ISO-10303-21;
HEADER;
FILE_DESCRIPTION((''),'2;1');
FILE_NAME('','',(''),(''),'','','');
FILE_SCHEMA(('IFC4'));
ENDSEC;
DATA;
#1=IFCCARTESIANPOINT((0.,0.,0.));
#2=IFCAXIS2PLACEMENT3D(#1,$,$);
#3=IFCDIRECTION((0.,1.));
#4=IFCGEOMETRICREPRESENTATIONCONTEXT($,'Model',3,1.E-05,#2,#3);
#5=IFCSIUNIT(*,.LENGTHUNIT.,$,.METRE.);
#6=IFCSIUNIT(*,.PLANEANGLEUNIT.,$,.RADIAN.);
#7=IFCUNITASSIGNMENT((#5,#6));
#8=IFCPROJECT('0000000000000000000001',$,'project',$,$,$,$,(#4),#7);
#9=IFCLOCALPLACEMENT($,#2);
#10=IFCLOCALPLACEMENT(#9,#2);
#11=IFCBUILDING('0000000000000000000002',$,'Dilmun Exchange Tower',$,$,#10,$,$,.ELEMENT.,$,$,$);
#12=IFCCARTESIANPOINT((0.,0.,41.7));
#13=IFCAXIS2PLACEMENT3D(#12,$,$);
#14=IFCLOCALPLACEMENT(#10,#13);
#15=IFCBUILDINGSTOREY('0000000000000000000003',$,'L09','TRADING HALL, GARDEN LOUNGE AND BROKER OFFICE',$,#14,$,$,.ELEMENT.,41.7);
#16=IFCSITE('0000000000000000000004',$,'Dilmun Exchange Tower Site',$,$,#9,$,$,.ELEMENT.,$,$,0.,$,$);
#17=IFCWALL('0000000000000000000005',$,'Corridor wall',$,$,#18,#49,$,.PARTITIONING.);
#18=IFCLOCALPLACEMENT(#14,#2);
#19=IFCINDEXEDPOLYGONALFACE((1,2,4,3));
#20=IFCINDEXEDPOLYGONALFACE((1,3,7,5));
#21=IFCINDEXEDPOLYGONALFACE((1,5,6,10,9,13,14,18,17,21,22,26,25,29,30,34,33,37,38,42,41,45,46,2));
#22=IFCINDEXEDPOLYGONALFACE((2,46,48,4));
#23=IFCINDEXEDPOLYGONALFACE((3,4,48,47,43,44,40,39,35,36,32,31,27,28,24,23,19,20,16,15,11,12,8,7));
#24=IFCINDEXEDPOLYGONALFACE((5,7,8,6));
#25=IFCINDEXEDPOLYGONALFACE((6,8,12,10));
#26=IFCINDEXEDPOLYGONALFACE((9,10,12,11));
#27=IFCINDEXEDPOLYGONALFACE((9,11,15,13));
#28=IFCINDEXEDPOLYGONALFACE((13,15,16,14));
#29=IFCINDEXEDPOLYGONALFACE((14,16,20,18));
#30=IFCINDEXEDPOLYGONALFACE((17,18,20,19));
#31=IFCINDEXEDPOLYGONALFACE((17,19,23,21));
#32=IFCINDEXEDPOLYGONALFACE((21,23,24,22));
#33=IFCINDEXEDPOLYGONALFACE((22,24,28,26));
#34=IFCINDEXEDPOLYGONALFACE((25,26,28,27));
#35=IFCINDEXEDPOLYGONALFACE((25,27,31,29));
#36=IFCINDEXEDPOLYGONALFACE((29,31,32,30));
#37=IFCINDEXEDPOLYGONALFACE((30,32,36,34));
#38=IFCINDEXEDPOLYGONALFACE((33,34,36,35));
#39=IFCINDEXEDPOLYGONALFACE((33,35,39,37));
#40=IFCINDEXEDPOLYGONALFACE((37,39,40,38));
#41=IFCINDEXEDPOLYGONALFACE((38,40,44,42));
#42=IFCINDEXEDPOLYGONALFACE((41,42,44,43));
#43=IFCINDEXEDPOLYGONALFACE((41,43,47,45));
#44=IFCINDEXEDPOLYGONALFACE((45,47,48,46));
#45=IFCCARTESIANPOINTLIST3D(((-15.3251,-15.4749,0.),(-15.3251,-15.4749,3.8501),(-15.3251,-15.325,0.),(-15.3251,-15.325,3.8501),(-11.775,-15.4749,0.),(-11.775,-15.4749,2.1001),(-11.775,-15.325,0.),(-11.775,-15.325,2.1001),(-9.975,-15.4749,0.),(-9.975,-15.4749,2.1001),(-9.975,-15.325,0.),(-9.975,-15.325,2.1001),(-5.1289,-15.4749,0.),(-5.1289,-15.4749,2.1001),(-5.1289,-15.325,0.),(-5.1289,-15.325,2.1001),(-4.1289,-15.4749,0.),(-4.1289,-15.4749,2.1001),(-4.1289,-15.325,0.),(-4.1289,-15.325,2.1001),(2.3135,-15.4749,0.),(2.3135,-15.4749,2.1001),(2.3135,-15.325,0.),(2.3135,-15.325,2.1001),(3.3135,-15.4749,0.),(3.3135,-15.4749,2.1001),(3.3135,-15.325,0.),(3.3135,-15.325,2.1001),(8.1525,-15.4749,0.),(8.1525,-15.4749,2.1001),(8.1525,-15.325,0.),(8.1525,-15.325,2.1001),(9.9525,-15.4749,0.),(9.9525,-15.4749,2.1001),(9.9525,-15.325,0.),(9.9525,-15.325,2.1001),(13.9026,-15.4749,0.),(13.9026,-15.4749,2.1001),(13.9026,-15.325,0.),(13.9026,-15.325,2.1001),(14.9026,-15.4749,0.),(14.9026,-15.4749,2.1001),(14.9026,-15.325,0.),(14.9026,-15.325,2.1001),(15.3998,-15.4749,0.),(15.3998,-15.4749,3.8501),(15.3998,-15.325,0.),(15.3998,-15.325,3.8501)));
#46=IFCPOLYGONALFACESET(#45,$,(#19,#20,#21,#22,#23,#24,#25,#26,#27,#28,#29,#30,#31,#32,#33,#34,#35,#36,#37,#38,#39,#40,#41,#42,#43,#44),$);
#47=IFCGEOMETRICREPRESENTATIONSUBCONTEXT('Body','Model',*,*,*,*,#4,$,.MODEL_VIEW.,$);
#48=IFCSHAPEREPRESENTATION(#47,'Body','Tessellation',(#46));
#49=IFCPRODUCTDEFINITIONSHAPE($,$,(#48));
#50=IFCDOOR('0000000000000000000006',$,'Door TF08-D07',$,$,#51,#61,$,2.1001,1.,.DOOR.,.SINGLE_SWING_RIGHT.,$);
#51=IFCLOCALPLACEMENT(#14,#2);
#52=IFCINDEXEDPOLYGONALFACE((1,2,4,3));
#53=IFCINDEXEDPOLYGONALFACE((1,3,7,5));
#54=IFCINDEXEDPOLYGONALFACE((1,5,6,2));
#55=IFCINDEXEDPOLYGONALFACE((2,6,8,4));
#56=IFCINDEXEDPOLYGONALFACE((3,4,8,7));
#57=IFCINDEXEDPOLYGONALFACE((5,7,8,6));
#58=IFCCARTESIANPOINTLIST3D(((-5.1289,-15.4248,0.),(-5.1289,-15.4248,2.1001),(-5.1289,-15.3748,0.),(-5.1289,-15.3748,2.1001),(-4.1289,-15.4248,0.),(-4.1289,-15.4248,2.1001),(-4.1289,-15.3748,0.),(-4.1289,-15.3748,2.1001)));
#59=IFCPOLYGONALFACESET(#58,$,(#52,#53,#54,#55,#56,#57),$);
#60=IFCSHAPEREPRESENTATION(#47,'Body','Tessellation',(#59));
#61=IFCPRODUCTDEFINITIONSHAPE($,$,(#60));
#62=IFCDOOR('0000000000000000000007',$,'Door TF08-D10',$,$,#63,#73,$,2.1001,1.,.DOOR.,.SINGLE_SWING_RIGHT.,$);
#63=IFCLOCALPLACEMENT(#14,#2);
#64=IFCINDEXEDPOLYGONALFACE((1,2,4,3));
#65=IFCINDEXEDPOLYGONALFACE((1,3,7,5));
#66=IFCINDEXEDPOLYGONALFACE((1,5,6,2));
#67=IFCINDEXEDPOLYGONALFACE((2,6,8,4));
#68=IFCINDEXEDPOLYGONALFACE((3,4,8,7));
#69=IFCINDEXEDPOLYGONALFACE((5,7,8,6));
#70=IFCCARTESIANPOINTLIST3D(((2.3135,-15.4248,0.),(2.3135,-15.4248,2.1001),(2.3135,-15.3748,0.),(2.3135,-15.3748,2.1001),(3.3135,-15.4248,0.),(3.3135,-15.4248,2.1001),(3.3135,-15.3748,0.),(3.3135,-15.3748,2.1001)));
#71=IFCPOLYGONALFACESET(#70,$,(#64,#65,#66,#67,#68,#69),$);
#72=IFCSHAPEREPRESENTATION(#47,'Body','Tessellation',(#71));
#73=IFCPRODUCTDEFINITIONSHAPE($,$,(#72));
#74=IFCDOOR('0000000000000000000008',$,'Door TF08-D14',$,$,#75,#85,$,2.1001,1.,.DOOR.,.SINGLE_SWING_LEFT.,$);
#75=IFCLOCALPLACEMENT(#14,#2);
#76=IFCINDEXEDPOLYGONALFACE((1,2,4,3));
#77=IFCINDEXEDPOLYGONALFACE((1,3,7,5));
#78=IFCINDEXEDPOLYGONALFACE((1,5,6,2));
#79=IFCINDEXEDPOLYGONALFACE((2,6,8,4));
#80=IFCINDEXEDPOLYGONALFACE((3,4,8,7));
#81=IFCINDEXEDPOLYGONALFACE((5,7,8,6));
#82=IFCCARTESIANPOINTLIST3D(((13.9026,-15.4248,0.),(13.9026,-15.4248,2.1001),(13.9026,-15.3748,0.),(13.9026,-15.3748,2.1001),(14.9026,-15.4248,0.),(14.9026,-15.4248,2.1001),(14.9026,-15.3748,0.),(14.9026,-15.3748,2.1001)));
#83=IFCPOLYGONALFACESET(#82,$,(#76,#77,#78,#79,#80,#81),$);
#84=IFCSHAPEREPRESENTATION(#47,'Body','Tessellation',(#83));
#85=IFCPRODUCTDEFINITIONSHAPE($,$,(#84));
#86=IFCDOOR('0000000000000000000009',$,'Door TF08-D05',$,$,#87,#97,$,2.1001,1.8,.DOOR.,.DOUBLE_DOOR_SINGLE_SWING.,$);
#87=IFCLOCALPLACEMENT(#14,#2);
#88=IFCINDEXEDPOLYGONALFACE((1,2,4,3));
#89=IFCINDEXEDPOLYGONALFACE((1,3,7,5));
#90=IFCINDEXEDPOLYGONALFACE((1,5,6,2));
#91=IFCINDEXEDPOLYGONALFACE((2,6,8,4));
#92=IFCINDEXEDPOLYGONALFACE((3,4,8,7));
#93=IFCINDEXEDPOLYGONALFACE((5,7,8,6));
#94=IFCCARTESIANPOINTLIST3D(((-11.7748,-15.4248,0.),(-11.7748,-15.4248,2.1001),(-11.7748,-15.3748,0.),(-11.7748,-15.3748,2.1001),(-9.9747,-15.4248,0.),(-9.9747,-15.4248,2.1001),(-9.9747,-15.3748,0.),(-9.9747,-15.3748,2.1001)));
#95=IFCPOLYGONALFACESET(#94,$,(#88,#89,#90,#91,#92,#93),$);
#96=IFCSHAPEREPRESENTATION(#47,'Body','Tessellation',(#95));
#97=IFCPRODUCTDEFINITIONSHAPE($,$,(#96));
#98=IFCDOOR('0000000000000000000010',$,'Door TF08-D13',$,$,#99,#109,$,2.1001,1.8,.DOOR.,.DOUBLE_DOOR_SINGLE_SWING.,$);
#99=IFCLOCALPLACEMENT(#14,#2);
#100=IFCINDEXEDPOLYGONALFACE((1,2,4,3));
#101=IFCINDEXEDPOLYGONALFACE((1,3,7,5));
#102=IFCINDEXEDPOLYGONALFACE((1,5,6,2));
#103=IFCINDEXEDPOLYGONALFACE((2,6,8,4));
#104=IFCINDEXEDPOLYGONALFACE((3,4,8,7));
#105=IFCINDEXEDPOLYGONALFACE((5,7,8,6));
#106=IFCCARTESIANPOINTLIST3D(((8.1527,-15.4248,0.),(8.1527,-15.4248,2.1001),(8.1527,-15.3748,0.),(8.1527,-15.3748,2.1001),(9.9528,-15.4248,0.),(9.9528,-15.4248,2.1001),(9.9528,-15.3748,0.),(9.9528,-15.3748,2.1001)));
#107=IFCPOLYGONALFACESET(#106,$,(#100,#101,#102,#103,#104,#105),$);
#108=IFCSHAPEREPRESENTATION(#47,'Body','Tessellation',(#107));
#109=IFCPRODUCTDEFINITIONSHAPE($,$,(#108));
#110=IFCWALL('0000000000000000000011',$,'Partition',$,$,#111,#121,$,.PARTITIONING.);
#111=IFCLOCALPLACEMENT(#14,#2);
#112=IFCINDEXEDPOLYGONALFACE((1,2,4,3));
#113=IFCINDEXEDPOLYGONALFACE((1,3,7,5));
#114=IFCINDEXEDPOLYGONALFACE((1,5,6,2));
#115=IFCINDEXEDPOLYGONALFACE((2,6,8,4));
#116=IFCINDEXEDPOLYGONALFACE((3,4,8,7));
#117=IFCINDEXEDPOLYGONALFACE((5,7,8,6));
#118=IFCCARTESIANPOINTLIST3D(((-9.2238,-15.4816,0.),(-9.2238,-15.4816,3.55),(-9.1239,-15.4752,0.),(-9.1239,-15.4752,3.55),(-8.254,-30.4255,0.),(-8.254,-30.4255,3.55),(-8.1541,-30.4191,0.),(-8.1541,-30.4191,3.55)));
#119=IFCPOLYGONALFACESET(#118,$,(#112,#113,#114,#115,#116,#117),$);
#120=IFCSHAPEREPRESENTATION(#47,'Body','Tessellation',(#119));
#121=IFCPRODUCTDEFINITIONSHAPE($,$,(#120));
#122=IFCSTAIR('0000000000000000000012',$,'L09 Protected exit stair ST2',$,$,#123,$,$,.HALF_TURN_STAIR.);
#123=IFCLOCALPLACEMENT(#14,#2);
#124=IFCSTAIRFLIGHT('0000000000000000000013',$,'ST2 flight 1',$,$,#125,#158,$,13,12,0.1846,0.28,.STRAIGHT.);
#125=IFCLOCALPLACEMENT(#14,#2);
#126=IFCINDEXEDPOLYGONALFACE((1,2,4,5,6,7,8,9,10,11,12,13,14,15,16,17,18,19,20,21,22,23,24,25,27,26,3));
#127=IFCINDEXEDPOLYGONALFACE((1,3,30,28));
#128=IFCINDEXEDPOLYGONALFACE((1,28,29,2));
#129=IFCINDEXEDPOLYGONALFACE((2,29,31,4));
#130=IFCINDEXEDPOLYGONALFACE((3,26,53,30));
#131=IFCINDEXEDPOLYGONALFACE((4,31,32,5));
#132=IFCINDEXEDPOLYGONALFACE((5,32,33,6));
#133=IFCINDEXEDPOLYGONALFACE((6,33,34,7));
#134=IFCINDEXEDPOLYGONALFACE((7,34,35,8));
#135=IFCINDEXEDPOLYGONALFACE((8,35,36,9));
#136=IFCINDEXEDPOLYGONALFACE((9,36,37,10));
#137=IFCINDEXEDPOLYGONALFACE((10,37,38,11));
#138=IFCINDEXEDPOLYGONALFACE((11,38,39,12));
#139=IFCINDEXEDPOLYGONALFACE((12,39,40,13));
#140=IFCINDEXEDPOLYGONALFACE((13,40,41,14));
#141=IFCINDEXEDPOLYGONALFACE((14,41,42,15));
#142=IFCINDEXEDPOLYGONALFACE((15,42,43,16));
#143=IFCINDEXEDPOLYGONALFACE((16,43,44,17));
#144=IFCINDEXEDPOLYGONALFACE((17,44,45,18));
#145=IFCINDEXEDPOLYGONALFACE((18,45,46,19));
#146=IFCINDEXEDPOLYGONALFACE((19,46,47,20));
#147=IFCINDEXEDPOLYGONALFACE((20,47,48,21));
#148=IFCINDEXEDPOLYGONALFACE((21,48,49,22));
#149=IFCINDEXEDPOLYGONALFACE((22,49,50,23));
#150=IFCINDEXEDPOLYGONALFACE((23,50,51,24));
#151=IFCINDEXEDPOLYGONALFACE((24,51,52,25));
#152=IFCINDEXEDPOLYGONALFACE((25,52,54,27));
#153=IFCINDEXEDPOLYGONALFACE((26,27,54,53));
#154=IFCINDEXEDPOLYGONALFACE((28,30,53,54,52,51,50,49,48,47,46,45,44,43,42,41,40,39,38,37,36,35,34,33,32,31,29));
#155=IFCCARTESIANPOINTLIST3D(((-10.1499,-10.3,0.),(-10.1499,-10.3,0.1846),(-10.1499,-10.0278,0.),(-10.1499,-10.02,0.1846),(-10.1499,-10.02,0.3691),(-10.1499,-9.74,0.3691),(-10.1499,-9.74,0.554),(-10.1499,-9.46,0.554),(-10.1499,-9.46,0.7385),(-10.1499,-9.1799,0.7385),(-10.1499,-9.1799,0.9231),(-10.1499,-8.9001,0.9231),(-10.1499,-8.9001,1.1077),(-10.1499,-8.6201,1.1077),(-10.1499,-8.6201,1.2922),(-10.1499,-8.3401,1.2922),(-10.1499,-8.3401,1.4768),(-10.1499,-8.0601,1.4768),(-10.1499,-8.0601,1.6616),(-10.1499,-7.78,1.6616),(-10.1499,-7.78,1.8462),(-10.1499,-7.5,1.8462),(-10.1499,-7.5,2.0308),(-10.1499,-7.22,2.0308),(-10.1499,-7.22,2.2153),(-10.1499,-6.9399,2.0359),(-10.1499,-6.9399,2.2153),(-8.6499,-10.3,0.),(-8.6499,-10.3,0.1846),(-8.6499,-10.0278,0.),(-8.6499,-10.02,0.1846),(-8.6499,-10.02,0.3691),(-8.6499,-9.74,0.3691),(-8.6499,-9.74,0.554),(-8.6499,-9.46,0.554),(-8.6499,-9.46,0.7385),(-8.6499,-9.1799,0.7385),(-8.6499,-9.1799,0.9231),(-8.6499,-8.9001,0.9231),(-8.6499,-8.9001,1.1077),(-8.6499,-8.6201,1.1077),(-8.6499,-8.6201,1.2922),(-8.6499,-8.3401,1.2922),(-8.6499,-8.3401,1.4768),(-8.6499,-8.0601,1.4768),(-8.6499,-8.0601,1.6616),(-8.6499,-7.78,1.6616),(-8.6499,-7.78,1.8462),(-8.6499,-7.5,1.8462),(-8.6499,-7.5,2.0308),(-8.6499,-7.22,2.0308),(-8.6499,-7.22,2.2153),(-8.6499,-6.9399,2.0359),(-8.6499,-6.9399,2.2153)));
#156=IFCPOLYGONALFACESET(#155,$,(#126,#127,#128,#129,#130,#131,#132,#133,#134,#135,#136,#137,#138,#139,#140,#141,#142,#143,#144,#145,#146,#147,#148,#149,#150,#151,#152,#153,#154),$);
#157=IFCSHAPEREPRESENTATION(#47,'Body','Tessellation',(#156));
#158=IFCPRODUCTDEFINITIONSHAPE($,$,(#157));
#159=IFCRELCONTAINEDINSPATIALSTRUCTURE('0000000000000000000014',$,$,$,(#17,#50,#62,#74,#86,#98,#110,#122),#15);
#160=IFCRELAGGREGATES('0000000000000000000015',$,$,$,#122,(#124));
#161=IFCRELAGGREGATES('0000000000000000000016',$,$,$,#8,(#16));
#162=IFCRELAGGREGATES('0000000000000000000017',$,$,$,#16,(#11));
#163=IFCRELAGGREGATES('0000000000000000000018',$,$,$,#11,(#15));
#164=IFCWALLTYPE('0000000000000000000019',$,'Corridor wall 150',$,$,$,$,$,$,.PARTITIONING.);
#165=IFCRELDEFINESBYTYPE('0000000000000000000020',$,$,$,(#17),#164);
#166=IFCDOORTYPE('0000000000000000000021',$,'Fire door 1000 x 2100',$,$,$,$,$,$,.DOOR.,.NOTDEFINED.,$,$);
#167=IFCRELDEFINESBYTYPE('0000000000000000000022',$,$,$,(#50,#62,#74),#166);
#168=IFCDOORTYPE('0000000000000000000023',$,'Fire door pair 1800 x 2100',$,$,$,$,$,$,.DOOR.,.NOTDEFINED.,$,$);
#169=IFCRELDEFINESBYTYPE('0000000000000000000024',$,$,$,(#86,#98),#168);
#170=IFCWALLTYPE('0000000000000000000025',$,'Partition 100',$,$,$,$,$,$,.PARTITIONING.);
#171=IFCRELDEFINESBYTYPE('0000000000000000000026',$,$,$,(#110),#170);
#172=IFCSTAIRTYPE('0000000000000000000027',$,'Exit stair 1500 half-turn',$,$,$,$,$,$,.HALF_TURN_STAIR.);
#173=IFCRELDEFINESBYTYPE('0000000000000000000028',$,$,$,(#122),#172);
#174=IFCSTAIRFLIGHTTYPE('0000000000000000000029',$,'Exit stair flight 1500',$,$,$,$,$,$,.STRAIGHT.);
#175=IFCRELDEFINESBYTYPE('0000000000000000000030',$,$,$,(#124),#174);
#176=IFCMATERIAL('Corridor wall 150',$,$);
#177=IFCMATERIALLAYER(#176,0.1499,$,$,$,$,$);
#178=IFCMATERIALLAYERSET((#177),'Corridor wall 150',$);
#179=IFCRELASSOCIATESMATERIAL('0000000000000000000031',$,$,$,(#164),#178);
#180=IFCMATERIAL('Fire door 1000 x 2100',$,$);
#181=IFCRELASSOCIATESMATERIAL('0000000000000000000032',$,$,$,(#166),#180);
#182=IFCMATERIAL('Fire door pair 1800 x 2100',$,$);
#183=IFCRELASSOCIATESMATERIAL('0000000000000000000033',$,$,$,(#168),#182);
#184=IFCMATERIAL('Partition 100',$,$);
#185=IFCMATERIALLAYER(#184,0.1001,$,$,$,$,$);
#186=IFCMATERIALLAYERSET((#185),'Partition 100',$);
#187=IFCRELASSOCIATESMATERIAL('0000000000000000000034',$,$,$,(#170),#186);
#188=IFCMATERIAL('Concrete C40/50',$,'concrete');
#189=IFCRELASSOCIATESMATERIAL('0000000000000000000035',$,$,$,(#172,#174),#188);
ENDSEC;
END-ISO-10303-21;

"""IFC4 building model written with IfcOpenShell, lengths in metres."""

from ifc_helpers import new_model, si_unit, direction, frame, frame_2d, origin, place, context, subcontext, project, spatial, polyline, rectangle, outline, extrude, material, layer, layer_set, type_object, element, fill, aggregate, save


model = new_model("IFC4")

# Units and contexts
model_context = context("Model", 3, precision=1e-05, world=origin(), true_north=direction((0.0, 1.0)))
body_context = subcontext(model_context, "Body", "Model", "MODEL_VIEW")
ifc_project = project(units=[si_unit("LENGTHUNIT", "METRE"), si_unit("PLANEANGLEUNIT", "RADIAN")], contexts=[model_context])

# Site, building, storey
site_placement = place(None, origin())
site = spatial("IfcSite", under=ifc_project, at=site_placement, Name="Dilmun Exchange Tower Site", CompositionType="ELEMENT", RefElevation=0.0)
building_placement = place(site_placement, origin())
building = spatial("IfcBuilding", under=site, at=building_placement, Name="Dilmun Exchange Tower", CompositionType="ELEMENT")
storey_placement = place(building_placement, frame((0.0, 0.0, 41.7)))
storey = spatial("IfcBuildingStorey", under=building, at=storey_placement, Name="L09", Description="TRADING HALL, GARDEN LOUNGE AND BROKER OFFICE", CompositionType="ELEMENT", Elevation=41.7)

# Shared definitions
ifc_material_1 = material(Name="Concrete C40/50", Category="concrete")

# Wall, openings, doors
ifc_material_2 = material(Name="Corridor wall 150")
ifc_layer_1 = layer(ifc_material_2, 0.1499)
ifc_layer_set_1 = layer_set([ifc_layer_1], Name="Corridor wall 150")
wall_type_1 = type_object("IfcWallType", Name="Corridor wall 150", PredefinedType="PARTITIONING", material=ifc_layer_set_1)
ifc_material_3 = material(Name="Fire door 1000 x 2100")
door_type_1 = type_object("IfcDoorType", Name="Fire door 1000 x 2100", OperationType="NOTDEFINED", PredefinedType="DOOR", material=ifc_material_3)
wall_1_placement = place(storey_placement, frame((-15.325, -15.3999, 0.0), z_axis=(0.0, 0.0, 1.0), x_axis=(1.0, 0.0, 0.0)))
wall_1 = element("IfcWall", 1, at=wall_1_placement, inside=storey, type_object=wall_type_1, Name="Corridor wall", PredefinedType="PARTITIONING", context=body_context, shape_type="SweptSolid", body=[
    extrude(rectangle(XDim=30.7249, YDim=0.1499, at=frame_2d((15.3623, 0.0))), origin(), (0.0, 0.0, 1.0), 3.8501),
])
opening_1_placement = place(wall_1_placement, frame((3.55, 0.0, 0.0)))
opening_1 = element("IfcOpeningElement", 2, at=opening_1_placement, cuts=wall_1, PredefinedType="OPENING", context=body_context, shape_type="SweptSolid", body=[
    extrude(rectangle(XDim=1.8, YDim=2.1001, at=frame_2d((0.8999, 1.05))), frame((0.0, 0.085, 0.0), z_axis=(0.0, -1.0, 0.0), x_axis=(1.0, 0.0, 0.0)), (0.0, 0.0, 1.0), 0.1699),
])
opening_2_placement = place(wall_1_placement, frame((10.196, 0.0, 0.0)))
opening_2 = element("IfcOpeningElement", 3, at=opening_2_placement, cuts=wall_1, PredefinedType="OPENING", context=body_context, shape_type="SweptSolid", body=[
    extrude(rectangle(XDim=1.0, YDim=2.1001, at=frame_2d((0.5, 1.05))), frame((0.0, 0.085, 0.0), z_axis=(0.0, -1.0, 0.0), x_axis=(1.0, 0.0, 0.0)), (0.0, 0.0, 1.0), 0.1699),
])
opening_3_placement = place(wall_1_placement, frame((17.6384, 0.0, 0.0)))
opening_3 = element("IfcOpeningElement", 4, at=opening_3_placement, cuts=wall_1, PredefinedType="OPENING", context=body_context, shape_type="SweptSolid", body=[
    extrude(rectangle(XDim=1.0, YDim=2.1001, at=frame_2d((0.5, 1.05))), frame((0.0, 0.085, 0.0), z_axis=(0.0, -1.0, 0.0), x_axis=(1.0, 0.0, 0.0)), (0.0, 0.0, 1.0), 0.1699),
])
opening_4_placement = place(wall_1_placement, frame((23.4775, 0.0, 0.0)))
opening_4 = element("IfcOpeningElement", 5, at=opening_4_placement, cuts=wall_1, PredefinedType="OPENING", context=body_context, shape_type="SweptSolid", body=[
    extrude(rectangle(XDim=1.8, YDim=2.1001, at=frame_2d((0.8999, 1.05))), frame((0.0, 0.085, 0.0), z_axis=(0.0, -1.0, 0.0), x_axis=(1.0, 0.0, 0.0)), (0.0, 0.0, 1.0), 0.1699),
])
opening_5_placement = place(wall_1_placement, frame((29.2275, 0.0, 0.0)))
opening_5 = element("IfcOpeningElement", 6, at=opening_5_placement, cuts=wall_1, PredefinedType="OPENING", context=body_context, shape_type="SweptSolid", body=[
    extrude(rectangle(XDim=1.0, YDim=2.1001, at=frame_2d((0.5, 1.05))), frame((0.0, 0.085, 0.0), z_axis=(0.0, -1.0, 0.0), x_axis=(1.0, 0.0, 0.0)), (0.0, 0.0, 1.0), 0.1699),
])
door_1_placement = place(opening_2_placement, frame((1.0, 0.0, 0.0), z_axis=(0.0, 0.0, 1.0), x_axis=(-1.0, 0.0, 0.0)))
door_1 = element("IfcDoor", 7, at=door_1_placement, inside=storey, type_object=door_type_1, Name="Door TF08-D07", OperationType="SINGLE_SWING_RIGHT", OverallHeight=2.1001, OverallWidth=1.0, PredefinedType="DOOR", context=body_context, shape_type="SweptSolid", body=[
    extrude(rectangle(XDim=1.0, YDim=2.1001, at=frame_2d((0.5, 1.05))), frame((0.0, 0.0249, 0.0), z_axis=(0.0, -1.0, 0.0), x_axis=(1.0, 0.0, 0.0)), (0.0, 0.0, 1.0), 0.05),
])
fill(opening_2, door_1)
door_2_placement = place(opening_3_placement, frame((1.0, 0.0, 0.0), z_axis=(0.0, 0.0, 1.0), x_axis=(-1.0, 0.0, 0.0)))
door_2 = element("IfcDoor", 8, at=door_2_placement, inside=storey, type_object=door_type_1, Name="Door TF08-D10", OperationType="SINGLE_SWING_RIGHT", OverallHeight=2.1001, OverallWidth=1.0, PredefinedType="DOOR", context=body_context, shape_type="SweptSolid", body=[
    extrude(rectangle(XDim=1.0, YDim=2.1001, at=frame_2d((0.5, 1.05))), frame((0.0, 0.0249, 0.0), z_axis=(0.0, -1.0, 0.0), x_axis=(1.0, 0.0, 0.0)), (0.0, 0.0, 1.0), 0.05),
])
fill(opening_3, door_2)
door_3_placement = place(opening_5_placement, frame((1.0, 0.0, 0.0), z_axis=(0.0, 0.0, 1.0), x_axis=(-1.0, 0.0, 0.0)))
door_3 = element("IfcDoor", 9, at=door_3_placement, inside=storey, type_object=door_type_1, Name="Door TF08-D14", OperationType="SINGLE_SWING_LEFT", OverallHeight=2.1001, OverallWidth=1.0, PredefinedType="DOOR", context=body_context, shape_type="SweptSolid", body=[
    extrude(rectangle(XDim=1.0, YDim=2.1001, at=frame_2d((0.5, 1.05))), frame((0.0, 0.0249, 0.0), z_axis=(0.0, -1.0, 0.0), x_axis=(1.0, 0.0, 0.0)), (0.0, 0.0, 1.0), 0.05),
])
fill(opening_5, door_3)
ifc_material_4 = material(Name="Fire door pair 1800 x 2100")
door_type_2 = type_object("IfcDoorType", Name="Fire door pair 1800 x 2100", OperationType="NOTDEFINED", PredefinedType="DOOR", material=ifc_material_4)
door_4_placement = place(opening_1_placement, frame((1.8, 0.0, 0.0), z_axis=(0.0, 0.0, 1.0), x_axis=(-1.0, 0.0, 0.0)))
door_4 = element("IfcDoor", 10, at=door_4_placement, inside=storey, type_object=door_type_2, Name="Door TF08-D05", OperationType="DOUBLE_DOOR_SINGLE_SWING", OverallHeight=2.1001, OverallWidth=1.8, PredefinedType="DOOR", context=body_context, shape_type="SweptSolid", body=[
    extrude(rectangle(XDim=1.8, YDim=2.1001, at=frame_2d((0.8999, 1.05))), frame((0.0, 0.0249, 0.0), z_axis=(0.0, -1.0, 0.0), x_axis=(1.0, 0.0, 0.0)), (0.0, 0.0, 1.0), 0.05),
])
fill(opening_1, door_4)
door_5_placement = place(opening_4_placement, frame((1.8, 0.0, 0.0), z_axis=(0.0, 0.0, 1.0), x_axis=(-1.0, 0.0, 0.0)))
door_5 = element("IfcDoor", 11, at=door_5_placement, inside=storey, type_object=door_type_2, Name="Door TF08-D13", OperationType="DOUBLE_DOOR_SINGLE_SWING", OverallHeight=2.1001, OverallWidth=1.8, PredefinedType="DOOR", context=body_context, shape_type="SweptSolid", body=[
    extrude(rectangle(XDim=1.8, YDim=2.1001, at=frame_2d((0.8999, 1.05))), frame((0.0, 0.0249, 0.0), z_axis=(0.0, -1.0, 0.0), x_axis=(1.0, 0.0, 0.0)), (0.0, 0.0, 1.0), 0.05),
])
fill(opening_4, door_5)

# Wall
ifc_material_5 = material(Name="Partition 100")
ifc_layer_2 = layer(ifc_material_5, 0.1001)
ifc_layer_set_2 = layer_set([ifc_layer_2], Name="Partition 100")
wall_type_2 = type_object("IfcWallType", Name="Partition 100", PredefinedType="PARTITIONING", material=ifc_layer_set_2)
wall_2_placement = place(storey_placement, frame((-9.1738, -15.4783, 0.0), z_axis=(0.0, 0.0, 1.0), x_axis=(0.064755, -0.997901, 0.0)))
element("IfcWall", 12, at=wall_2_placement, inside=storey, type_object=wall_type_2, Name="Partition", PredefinedType="PARTITIONING", context=body_context, shape_type="SweptSolid", body=[
    extrude(rectangle(XDim=14.9753, YDim=0.1001, at=frame_2d((7.4878, 0.0))), origin(), (0.0, 0.0, 1.0), 3.55),
])

# Stair, stair flight
stair_type = type_object("IfcStairType", Name="Exit stair 1500 half-turn", PredefinedType="HALF_TURN_STAIR", material=ifc_material_1)
stair_placement = place(storey_placement, origin())
stair = element("IfcStair", 13, at=stair_placement, inside=storey, type_object=stair_type, Name="L09 Protected exit stair ST2", PredefinedType="HALF_TURN_STAIR")
stair_flight_type = type_object("IfcStairFlightType", Name="Exit stair flight 1500", PredefinedType="STRAIGHT", material=ifc_material_1)
stair_flight_placement = place(storey_placement, frame((-9.3999, -10.3, 0.0), z_axis=(0.0, 0.0, 1.0), x_axis=(0.0, 1.0, 0.0)))
stair_flight = element("IfcStairFlight", 14, at=stair_flight_placement, type_object=stair_flight_type, Name="ST2 flight 1", NumberOfRisers=13, NumberOfTreads=12, PredefinedType="STRAIGHT", RiserHeight=0.1846, TreadLength=0.28, context=body_context, shape_type="SweptSolid", body=[
    extrude(outline(polyline([(0.0, 0.0), (0.0, 0.1846), (0.28, 0.1846), (0.28, 0.3691), (0.5601, 0.3691), (0.5601, 0.554), (0.8401, 0.554), (0.8401, 0.7385), (1.1201, 0.7385), (1.1201, 0.9231), (1.3999, 0.9231), (1.3999, 1.1077), (1.6799, 1.1077), (1.6799, 1.2922), (1.96, 1.2922), (1.96, 1.4768), (2.24, 1.4768), (2.24, 1.6616), (2.52, 1.6616), (2.52, 1.8462), (2.8, 1.8462), (2.8, 2.0308), (3.0801, 2.0308), (3.0801, 2.2153), (3.3601, 2.2153), (3.3601, 2.3999), (3.3601, 2.0359), (0.2722, 0.0), (0.0, 0.0)])), frame((0.0, 0.75, 0.0), z_axis=(0.0, -1.0, 0.0), x_axis=(1.0, 0.0, 0.0)), (0.0, 0.0, 1.0), 1.5),
])
aggregate(stair, [stair_flight])

save(model, "model.ifc")
